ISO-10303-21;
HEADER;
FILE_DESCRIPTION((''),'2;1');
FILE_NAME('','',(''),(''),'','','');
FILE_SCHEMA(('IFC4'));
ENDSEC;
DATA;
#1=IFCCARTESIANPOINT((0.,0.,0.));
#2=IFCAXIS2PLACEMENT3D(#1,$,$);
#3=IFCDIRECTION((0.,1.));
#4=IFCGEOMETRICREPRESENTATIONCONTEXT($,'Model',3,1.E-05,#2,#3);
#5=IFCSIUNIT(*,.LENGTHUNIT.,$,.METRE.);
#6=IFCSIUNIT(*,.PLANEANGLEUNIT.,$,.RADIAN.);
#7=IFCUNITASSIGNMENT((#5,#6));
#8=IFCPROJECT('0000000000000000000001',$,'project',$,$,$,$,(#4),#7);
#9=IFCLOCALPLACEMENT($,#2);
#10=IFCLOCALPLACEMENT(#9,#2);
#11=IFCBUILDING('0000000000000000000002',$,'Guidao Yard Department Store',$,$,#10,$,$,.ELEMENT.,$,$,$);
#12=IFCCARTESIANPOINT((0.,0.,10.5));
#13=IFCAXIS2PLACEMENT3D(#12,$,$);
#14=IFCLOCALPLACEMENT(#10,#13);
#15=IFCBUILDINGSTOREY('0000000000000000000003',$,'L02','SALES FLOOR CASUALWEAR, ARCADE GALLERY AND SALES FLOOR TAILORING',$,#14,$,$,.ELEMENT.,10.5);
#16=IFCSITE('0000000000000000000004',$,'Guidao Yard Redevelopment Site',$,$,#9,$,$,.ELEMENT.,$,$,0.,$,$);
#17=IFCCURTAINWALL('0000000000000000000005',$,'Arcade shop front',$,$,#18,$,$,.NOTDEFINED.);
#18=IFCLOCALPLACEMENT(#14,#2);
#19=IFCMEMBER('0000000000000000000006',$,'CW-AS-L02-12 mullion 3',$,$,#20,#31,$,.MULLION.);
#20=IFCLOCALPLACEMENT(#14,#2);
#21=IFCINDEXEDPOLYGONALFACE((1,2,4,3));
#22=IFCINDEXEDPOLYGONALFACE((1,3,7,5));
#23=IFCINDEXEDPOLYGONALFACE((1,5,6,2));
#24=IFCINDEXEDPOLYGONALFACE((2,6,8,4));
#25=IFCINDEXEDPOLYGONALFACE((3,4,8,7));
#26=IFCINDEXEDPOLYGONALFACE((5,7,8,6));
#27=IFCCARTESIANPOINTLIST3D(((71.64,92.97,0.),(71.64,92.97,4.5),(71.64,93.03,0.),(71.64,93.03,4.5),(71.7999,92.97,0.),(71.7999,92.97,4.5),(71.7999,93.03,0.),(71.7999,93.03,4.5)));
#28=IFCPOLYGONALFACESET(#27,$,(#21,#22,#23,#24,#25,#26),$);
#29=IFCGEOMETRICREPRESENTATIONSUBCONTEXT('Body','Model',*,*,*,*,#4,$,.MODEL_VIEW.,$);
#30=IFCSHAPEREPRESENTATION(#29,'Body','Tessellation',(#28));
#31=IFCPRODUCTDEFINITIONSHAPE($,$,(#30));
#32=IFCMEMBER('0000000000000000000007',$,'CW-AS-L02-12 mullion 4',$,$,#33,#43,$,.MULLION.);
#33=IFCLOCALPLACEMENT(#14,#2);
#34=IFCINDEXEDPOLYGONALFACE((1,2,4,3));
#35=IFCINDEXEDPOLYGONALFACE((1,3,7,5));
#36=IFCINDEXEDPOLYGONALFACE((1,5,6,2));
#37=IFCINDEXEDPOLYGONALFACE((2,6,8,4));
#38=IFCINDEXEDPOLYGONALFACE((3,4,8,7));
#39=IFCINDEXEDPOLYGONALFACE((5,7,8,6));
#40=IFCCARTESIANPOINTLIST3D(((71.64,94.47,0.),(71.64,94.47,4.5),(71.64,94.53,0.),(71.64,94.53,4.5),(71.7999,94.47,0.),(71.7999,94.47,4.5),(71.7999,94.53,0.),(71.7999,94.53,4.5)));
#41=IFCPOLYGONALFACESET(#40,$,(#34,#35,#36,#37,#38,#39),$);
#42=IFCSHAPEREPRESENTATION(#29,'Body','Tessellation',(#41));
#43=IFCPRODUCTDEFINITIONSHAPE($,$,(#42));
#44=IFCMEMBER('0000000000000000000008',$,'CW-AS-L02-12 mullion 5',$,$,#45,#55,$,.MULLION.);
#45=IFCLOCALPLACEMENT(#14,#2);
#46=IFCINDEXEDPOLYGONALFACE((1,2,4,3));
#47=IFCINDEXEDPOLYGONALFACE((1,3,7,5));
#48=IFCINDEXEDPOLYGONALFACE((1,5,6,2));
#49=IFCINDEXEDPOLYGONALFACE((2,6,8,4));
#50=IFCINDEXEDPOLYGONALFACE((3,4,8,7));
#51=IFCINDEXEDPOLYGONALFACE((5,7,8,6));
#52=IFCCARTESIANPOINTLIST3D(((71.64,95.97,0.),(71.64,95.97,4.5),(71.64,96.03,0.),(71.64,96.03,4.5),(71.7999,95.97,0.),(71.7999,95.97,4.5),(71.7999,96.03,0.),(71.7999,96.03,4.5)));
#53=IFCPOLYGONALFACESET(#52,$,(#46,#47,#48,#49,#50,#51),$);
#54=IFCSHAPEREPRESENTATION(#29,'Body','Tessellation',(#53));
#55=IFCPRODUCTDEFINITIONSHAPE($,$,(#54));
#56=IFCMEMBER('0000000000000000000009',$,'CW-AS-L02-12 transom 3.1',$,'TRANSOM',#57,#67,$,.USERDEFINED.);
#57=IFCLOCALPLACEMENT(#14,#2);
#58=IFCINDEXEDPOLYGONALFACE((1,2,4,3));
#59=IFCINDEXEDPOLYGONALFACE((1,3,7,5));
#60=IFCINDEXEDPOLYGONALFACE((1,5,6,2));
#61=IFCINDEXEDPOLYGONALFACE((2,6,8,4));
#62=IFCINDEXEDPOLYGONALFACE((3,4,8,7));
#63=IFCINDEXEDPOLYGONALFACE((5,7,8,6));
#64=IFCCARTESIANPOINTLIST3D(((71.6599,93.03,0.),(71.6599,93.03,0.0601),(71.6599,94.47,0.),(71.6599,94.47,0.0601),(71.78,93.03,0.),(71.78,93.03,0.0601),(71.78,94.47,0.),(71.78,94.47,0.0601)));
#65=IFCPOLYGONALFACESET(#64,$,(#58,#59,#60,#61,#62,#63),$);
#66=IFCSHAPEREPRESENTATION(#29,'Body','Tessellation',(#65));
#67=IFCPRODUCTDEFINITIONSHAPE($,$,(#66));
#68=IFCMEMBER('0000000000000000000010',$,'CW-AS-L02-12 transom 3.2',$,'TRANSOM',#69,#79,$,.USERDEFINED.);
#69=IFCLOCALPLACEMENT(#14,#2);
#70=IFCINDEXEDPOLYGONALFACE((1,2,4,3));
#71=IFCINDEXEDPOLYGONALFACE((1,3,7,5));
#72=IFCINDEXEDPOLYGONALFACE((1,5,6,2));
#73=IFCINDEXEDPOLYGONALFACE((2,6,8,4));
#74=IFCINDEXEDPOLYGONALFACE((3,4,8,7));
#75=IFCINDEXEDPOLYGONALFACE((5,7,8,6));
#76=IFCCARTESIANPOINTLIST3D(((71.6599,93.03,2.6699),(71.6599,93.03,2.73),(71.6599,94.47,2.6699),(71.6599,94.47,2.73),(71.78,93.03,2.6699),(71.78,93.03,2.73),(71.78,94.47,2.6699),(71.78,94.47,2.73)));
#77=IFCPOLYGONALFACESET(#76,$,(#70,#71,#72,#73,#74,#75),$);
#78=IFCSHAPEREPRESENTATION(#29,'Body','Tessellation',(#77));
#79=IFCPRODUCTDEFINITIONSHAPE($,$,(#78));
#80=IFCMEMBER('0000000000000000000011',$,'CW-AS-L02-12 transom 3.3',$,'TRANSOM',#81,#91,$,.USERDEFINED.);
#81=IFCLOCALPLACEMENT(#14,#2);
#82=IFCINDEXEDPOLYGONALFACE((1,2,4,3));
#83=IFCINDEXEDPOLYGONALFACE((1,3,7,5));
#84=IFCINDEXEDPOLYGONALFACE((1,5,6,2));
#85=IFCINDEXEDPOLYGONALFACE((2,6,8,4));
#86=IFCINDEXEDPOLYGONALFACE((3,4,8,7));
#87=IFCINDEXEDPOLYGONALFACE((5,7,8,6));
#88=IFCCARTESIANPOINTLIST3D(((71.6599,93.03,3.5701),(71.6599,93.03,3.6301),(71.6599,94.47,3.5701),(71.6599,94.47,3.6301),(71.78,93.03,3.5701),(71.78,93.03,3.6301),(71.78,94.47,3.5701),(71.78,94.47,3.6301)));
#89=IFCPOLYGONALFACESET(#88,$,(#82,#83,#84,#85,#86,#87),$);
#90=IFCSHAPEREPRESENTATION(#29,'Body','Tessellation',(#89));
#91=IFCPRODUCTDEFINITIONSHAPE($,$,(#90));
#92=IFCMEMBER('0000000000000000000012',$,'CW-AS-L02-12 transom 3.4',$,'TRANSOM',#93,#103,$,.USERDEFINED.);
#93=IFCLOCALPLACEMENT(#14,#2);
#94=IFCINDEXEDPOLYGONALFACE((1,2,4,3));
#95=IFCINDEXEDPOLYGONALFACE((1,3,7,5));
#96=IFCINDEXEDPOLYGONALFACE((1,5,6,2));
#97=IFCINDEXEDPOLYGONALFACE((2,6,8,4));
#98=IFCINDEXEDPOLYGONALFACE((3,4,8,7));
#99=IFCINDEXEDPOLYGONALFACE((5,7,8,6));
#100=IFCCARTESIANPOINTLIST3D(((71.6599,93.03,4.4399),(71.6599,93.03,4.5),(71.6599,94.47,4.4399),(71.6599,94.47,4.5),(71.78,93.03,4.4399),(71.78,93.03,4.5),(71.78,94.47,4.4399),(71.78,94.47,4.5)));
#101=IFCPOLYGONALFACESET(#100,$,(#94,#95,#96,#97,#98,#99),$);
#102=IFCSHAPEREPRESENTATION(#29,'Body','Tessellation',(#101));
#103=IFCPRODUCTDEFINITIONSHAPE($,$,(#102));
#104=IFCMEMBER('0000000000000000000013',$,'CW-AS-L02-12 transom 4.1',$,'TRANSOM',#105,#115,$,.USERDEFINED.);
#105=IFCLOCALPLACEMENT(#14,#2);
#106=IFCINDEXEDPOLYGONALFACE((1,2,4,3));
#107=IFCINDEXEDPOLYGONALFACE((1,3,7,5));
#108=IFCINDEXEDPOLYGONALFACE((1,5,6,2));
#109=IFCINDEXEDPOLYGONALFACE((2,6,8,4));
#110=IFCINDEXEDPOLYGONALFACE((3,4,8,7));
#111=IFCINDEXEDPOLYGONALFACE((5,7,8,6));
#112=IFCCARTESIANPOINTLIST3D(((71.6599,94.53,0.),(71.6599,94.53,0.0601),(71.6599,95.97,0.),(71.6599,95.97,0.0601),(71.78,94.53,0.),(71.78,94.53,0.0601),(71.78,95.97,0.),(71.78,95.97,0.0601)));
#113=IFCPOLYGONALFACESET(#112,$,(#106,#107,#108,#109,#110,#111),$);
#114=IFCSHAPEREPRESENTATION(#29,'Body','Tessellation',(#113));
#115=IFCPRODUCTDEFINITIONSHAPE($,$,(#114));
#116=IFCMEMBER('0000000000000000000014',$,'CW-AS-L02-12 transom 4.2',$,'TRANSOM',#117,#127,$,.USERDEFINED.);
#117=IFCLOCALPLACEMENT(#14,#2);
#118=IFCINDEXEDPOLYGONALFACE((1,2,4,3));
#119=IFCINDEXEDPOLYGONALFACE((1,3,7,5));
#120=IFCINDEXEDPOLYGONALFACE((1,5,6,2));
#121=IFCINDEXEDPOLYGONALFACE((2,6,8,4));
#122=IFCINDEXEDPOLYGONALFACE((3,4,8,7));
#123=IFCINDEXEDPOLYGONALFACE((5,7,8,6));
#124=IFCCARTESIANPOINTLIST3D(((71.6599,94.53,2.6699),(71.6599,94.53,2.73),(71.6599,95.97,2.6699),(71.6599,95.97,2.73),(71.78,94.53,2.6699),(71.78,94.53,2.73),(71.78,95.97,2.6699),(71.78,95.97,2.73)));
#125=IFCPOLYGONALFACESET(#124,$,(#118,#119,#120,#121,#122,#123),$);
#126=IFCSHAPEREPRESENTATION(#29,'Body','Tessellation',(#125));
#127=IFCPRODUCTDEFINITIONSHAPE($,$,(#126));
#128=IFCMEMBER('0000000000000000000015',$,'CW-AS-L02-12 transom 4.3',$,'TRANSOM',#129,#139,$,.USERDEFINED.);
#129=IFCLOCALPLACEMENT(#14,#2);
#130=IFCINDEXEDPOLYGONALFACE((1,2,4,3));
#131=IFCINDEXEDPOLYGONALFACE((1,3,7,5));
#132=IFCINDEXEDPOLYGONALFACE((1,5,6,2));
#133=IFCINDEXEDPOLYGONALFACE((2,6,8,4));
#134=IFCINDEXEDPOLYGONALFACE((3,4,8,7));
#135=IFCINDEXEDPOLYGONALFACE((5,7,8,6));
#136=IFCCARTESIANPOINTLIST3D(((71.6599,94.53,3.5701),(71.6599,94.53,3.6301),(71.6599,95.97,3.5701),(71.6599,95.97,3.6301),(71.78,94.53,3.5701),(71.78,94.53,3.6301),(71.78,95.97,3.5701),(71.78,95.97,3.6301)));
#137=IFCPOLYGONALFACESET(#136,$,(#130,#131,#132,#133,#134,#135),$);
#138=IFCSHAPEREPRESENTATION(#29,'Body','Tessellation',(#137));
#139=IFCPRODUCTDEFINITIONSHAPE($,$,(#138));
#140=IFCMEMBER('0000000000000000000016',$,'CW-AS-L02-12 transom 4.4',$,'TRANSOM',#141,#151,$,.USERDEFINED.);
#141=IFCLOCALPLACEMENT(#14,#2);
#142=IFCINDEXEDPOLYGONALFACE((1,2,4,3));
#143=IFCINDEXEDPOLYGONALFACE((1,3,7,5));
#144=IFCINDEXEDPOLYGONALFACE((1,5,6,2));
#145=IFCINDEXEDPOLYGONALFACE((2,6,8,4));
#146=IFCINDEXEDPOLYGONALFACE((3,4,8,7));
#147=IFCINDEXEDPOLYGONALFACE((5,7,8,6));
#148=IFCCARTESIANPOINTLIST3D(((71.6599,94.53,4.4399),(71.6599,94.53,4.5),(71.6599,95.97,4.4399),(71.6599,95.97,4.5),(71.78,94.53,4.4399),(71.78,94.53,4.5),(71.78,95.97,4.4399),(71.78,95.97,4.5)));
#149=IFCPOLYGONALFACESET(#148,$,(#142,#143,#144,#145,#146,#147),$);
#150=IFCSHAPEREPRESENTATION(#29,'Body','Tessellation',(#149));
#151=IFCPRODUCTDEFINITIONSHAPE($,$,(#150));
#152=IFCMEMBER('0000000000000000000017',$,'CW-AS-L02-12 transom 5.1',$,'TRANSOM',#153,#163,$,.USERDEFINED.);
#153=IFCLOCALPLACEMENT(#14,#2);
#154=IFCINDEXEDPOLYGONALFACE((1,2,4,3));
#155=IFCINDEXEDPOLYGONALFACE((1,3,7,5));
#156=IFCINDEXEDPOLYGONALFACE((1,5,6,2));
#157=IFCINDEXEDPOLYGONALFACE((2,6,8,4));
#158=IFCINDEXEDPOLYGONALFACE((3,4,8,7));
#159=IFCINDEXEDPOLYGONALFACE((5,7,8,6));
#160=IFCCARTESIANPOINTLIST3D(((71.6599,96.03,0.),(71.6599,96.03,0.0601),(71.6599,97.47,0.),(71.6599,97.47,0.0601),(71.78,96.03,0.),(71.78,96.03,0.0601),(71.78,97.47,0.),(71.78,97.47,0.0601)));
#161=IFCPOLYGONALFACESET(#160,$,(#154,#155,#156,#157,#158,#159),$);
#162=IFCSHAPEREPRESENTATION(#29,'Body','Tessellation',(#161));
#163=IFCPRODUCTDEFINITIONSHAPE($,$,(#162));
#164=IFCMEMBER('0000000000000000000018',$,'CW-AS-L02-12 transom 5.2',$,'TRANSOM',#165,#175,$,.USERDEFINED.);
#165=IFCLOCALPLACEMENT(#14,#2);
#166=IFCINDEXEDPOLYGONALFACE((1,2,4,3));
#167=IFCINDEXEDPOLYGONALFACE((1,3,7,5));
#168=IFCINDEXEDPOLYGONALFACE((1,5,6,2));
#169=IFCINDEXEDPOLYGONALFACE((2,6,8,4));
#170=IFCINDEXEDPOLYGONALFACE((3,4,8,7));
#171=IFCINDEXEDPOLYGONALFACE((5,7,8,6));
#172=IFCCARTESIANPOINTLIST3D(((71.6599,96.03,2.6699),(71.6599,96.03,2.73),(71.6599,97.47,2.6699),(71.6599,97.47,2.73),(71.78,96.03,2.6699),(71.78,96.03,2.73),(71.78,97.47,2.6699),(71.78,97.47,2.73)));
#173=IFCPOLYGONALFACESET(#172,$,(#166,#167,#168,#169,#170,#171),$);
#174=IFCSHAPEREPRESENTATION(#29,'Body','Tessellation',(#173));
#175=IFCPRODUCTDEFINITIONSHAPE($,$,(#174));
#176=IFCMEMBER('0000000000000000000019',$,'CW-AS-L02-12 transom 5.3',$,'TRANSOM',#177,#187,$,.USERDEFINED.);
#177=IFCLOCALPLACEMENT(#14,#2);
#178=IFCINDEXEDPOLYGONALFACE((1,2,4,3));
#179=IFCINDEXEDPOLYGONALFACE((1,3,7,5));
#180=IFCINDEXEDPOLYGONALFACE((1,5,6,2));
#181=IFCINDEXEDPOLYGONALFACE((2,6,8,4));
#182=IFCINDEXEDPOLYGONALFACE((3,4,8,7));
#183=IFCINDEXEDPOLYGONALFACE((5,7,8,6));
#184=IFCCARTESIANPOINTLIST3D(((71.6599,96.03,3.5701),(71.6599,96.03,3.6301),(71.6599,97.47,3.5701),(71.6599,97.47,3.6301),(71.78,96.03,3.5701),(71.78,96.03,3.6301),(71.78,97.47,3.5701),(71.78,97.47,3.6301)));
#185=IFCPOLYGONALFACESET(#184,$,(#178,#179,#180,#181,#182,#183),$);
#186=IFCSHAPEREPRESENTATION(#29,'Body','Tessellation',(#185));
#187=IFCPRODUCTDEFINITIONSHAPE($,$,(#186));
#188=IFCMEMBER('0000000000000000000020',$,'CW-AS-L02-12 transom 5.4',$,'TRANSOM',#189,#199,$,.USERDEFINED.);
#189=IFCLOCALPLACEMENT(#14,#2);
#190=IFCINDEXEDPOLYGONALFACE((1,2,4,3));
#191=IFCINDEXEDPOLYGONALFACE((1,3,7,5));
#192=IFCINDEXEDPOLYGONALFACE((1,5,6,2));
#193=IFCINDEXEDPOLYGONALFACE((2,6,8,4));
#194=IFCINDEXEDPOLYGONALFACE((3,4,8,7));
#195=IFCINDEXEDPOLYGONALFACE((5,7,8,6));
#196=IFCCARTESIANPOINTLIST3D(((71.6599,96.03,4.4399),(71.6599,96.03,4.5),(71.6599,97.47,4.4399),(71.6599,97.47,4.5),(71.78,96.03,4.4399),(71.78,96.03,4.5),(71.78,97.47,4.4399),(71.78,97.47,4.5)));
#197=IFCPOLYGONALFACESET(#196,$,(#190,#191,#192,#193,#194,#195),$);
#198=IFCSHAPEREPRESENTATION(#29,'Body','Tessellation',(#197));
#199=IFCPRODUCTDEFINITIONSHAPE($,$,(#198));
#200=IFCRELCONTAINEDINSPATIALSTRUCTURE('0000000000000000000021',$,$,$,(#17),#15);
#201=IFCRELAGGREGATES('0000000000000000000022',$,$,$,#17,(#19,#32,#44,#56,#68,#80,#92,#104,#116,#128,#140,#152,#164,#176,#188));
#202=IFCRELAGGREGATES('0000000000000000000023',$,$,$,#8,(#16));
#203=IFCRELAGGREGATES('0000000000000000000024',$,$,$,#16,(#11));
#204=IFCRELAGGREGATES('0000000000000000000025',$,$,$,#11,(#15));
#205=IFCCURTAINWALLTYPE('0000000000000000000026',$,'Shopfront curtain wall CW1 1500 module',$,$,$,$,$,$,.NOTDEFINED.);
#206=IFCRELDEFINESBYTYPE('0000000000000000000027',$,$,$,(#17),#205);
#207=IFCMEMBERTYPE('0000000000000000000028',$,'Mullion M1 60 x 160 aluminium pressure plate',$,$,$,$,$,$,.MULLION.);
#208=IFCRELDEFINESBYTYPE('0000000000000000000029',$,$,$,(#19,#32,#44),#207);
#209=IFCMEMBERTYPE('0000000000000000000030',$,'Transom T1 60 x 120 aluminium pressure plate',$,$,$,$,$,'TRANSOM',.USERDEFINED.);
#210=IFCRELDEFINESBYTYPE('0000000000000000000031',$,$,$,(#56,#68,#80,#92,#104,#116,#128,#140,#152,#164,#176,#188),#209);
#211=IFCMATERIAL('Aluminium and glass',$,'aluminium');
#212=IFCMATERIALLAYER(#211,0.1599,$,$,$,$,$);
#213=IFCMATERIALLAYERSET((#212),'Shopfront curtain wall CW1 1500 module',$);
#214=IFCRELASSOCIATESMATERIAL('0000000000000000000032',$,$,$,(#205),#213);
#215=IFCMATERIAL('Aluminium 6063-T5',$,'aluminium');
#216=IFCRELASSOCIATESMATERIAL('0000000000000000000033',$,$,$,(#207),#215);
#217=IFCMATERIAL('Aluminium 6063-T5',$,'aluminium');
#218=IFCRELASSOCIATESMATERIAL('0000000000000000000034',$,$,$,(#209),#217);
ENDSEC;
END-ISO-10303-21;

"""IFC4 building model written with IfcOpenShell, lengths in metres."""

from ifc_helpers import new_model, si_unit, direction, frame, origin, origin_2d, place, context, subcontext, project, spatial, rectangle, extrude, material, layer, layer_set, material_profile, profile_set, type_object, element, aggregate, save


model = new_model("IFC4")

# Units and contexts
model_context = context("Model", 3, precision=1e-05, world=origin(), true_north=direction((0.0, 1.0)))
body_context = subcontext(model_context, "Body", "Model", "MODEL_VIEW")
ifc_project = project(units=[si_unit("LENGTHUNIT", "METRE"), si_unit("PLANEANGLEUNIT", "RADIAN")], contexts=[model_context])

# Site, building, storey
site_placement = place(None, origin())
site = spatial("IfcSite", under=ifc_project, at=site_placement, Name="Guidao Yard Redevelopment Site", CompositionType="ELEMENT", RefElevation=0.0)
building_placement = place(site_placement, origin())
building = spatial("IfcBuilding", under=site, at=building_placement, Name="Guidao Yard Department Store", CompositionType="ELEMENT")
storey_placement = place(building_placement, frame((0.0, 0.0, 10.5)))
storey = spatial("IfcBuildingStorey", under=building, at=storey_placement, Name="L02", Description="SALES FLOOR CASUALWEAR, ARCADE GALLERY AND SALES FLOOR TAILORING", CompositionType="ELEMENT", Elevation=10.5)

# Curtain wall, members
ifc_material_1 = material(Name="Aluminium and glass", Category="aluminium")
ifc_layer_1 = layer(ifc_material_1, 0.1599)
ifc_layer_set_1 = layer_set([ifc_layer_1], Name="Shopfront curtain wall CW1 1500 module")
curtain_wall_type = type_object("IfcCurtainWallType", Name="Shopfront curtain wall CW1 1500 module", PredefinedType="NOTDEFINED", material=ifc_layer_set_1)
curtain_wall_placement = place(storey_placement, origin())
curtain_wall = element("IfcCurtainWall", 1, at=curtain_wall_placement, inside=storey, type_object=curtain_wall_type, Name="Arcade shop front", PredefinedType="NOTDEFINED")
ifc_material_2 = material(Name="Aluminium 6063-T5", Category="aluminium")
ifc_material_profile_1 = material_profile(ifc_material_2, rectangle(XDim=0.0601, YDim=0.1599, at=origin_2d()), Name="Mullion M1 60 x 160 aluminium pressure plate")
ifc_profile_set_1 = profile_set([ifc_material_profile_1], Name="Aluminium 6063-T5")
member_type_1 = type_object("IfcMemberType", Name="Mullion M1 60 x 160 aluminium pressure plate", PredefinedType="MULLION", material=ifc_profile_set_1)
member_1_placement = place(storey_placement, frame((71.72, 93.0, 0.0), z_axis=(0.0, 0.0, 1.0), x_axis=(0.0, 1.0, 0.0)))
member_1 = element("IfcMember", 2, at=member_1_placement, type_object=member_type_1, Name="CW-AS-L02-12 mullion 3", PredefinedType="MULLION", context=body_context, shape_type="SweptSolid", body=[
    extrude(rectangle(XDim=0.0601, YDim=0.1599, at=origin_2d()), origin(), (0.0, 0.0, 1.0), 4.5),
])
member_2_placement = place(storey_placement, frame((71.72, 94.5, 0.0), z_axis=(0.0, 0.0, 1.0), x_axis=(0.0, 1.0, 0.0)))
member_2 = element("IfcMember", 3, at=member_2_placement, type_object=member_type_1, Name="CW-AS-L02-12 mullion 4", PredefinedType="MULLION", context=body_context, shape_type="SweptSolid", body=[
    extrude(rectangle(XDim=0.0601, YDim=0.1599, at=origin_2d()), origin(), (0.0, 0.0, 1.0), 4.5),
])
member_3_placement = place(storey_placement, frame((71.72, 96.0, 0.0), z_axis=(0.0, 0.0, 1.0), x_axis=(0.0, 1.0, 0.0)))
member_3 = element("IfcMember", 4, at=member_3_placement, type_object=member_type_1, Name="CW-AS-L02-12 mullion 5", PredefinedType="MULLION", context=body_context, shape_type="SweptSolid", body=[
    extrude(rectangle(XDim=0.0601, YDim=0.1599, at=origin_2d()), origin(), (0.0, 0.0, 1.0), 4.5),
])
ifc_material_3 = material(Name="Aluminium 6063-T5", Category="aluminium")
ifc_material_profile_2 = material_profile(ifc_material_3, rectangle(XDim=0.1201, YDim=0.0601, at=origin_2d()), Name="Transom T1 60 x 120 aluminium pressure plate")
ifc_profile_set_2 = profile_set([ifc_material_profile_2], Name="Aluminium 6063-T5")
member_type_2 = type_object("IfcMemberType", Name="Transom T1 60 x 120 aluminium pressure plate", ElementType="TRANSOM", PredefinedType="USERDEFINED", material=ifc_profile_set_2)
member_4_placement = place(storey_placement, frame((71.72, 93.03, 0.03), z_axis=(0.0, 1.0, 0.0), x_axis=(-1.0, 0.0, 0.0)))
member_4 = element("IfcMember", 5, at=member_4_placement, type_object=member_type_2, Name="CW-AS-L02-12 transom 3.1", ObjectType="TRANSOM", PredefinedType="USERDEFINED", context=body_context, shape_type="SweptSolid", body=[
    extrude(rectangle(XDim=0.1201, YDim=0.0601, at=origin_2d()), origin(), (0.0, 0.0, 1.0), 1.4399),
])
member_5_placement = place(storey_placement, frame((71.72, 93.03, 2.7), z_axis=(0.0, 1.0, 0.0), x_axis=(-1.0, 0.0, 0.0)))
member_5 = element("IfcMember", 6, at=member_5_placement, type_object=member_type_2, Name="CW-AS-L02-12 transom 3.2", ObjectType="TRANSOM", PredefinedType="USERDEFINED", context=body_context, shape_type="SweptSolid", body=[
    extrude(rectangle(XDim=0.1201, YDim=0.0601, at=origin_2d()), origin(), (0.0, 0.0, 1.0), 1.4399),
])
member_6_placement = place(storey_placement, frame((71.72, 93.03, 3.6001), z_axis=(0.0, 1.0, 0.0), x_axis=(-1.0, 0.0, 0.0)))
member_6 = element("IfcMember", 7, at=member_6_placement, type_object=member_type_2, Name="CW-AS-L02-12 transom 3.3", ObjectType="TRANSOM", PredefinedType="USERDEFINED", context=body_context, shape_type="SweptSolid", body=[
    extrude(rectangle(XDim=0.1201, YDim=0.0601, at=origin_2d()), origin(), (0.0, 0.0, 1.0), 1.4399),
])
member_7_placement = place(storey_placement, frame((71.72, 93.03, 4.47), z_axis=(0.0, 1.0, 0.0), x_axis=(-1.0, 0.0, 0.0)))
member_7 = element("IfcMember", 8, at=member_7_placement, type_object=member_type_2, Name="CW-AS-L02-12 transom 3.4", ObjectType="TRANSOM", PredefinedType="USERDEFINED", context=body_context, shape_type="SweptSolid", body=[
    extrude(rectangle(XDim=0.1201, YDim=0.0601, at=origin_2d()), origin(), (0.0, 0.0, 1.0), 1.4399),
])
member_8_placement = place(storey_placement, frame((71.72, 94.53, 0.03), z_axis=(0.0, 1.0, 0.0), x_axis=(-1.0, 0.0, 0.0)))
member_8 = element("IfcMember", 9, at=member_8_placement, type_object=member_type_2, Name="CW-AS-L02-12 transom 4.1", ObjectType="TRANSOM", PredefinedType="USERDEFINED", context=body_context, shape_type="SweptSolid", body=[
    extrude(rectangle(XDim=0.1201, YDim=0.0601, at=origin_2d()), origin(), (0.0, 0.0, 1.0), 1.4399),
])
member_9_placement = place(storey_placement, frame((71.72, 94.53, 2.7), z_axis=(0.0, 1.0, 0.0), x_axis=(-1.0, 0.0, 0.0)))
member_9 = element("IfcMember", 10, at=member_9_placement, type_object=member_type_2, Name="CW-AS-L02-12 transom 4.2", ObjectType="TRANSOM", PredefinedType="USERDEFINED", context=body_context, shape_type="SweptSolid", body=[
    extrude(rectangle(XDim=0.1201, YDim=0.0601, at=origin_2d()), origin(), (0.0, 0.0, 1.0), 1.4399),
])
member_10_placement = place(storey_placement, frame((71.72, 94.53, 3.6001), z_axis=(0.0, 1.0, 0.0), x_axis=(-1.0, 0.0, 0.0)))
member_10 = element("IfcMember", 11, at=member_10_placement, type_object=member_type_2, Name="CW-AS-L02-12 transom 4.3", ObjectType="TRANSOM", PredefinedType="USERDEFINED", context=body_context, shape_type="SweptSolid", body=[
    extrude(rectangle(XDim=0.1201, YDim=0.0601, at=origin_2d()), origin(), (0.0, 0.0, 1.0), 1.4399),
])
member_11_placement = place(storey_placement, frame((71.72, 94.53, 4.47), z_axis=(0.0, 1.0, 0.0), x_axis=(-1.0, 0.0, 0.0)))
member_11 = element("IfcMember", 12, at=member_11_placement, type_object=member_type_2, Name="CW-AS-L02-12 transom 4.4", ObjectType="TRANSOM", PredefinedType="USERDEFINED", context=body_context, shape_type="SweptSolid", body=[
    extrude(rectangle(XDim=0.1201, YDim=0.0601, at=origin_2d()), origin(), (0.0, 0.0, 1.0), 1.4399),
])
member_12_placement = place(storey_placement, frame((71.72, 96.03, 0.03), z_axis=(0.0, 1.0, 0.0), x_axis=(-1.0, 0.0, 0.0)))
member_12 = element("IfcMember", 13, at=member_12_placement, type_object=member_type_2, Name="CW-AS-L02-12 transom 5.1", ObjectType="TRANSOM", PredefinedType="USERDEFINED", context=body_context, shape_type="SweptSolid", body=[
    extrude(rectangle(XDim=0.1201, YDim=0.0601, at=origin_2d()), origin(), (0.0, 0.0, 1.0), 1.4399),
])
member_13_placement = place(storey_placement, frame((71.72, 96.03, 2.7), z_axis=(0.0, 1.0, 0.0), x_axis=(-1.0, 0.0, 0.0)))
member_13 = element("IfcMember", 14, at=member_13_placement, type_object=member_type_2, Name="CW-AS-L02-12 transom 5.2", ObjectType="TRANSOM", PredefinedType="USERDEFINED", context=body_context, shape_type="SweptSolid", body=[
    extrude(rectangle(XDim=0.1201, YDim=0.0601, at=origin_2d()), origin(), (0.0, 0.0, 1.0), 1.4399),
])
member_14_placement = place(storey_placement, frame((71.72, 96.03, 3.6001), z_axis=(0.0, 1.0, 0.0), x_axis=(-1.0, 0.0, 0.0)))
member_14 = element("IfcMember", 15, at=member_14_placement, type_object=member_type_2, Name="CW-AS-L02-12 transom 5.3", ObjectType="TRANSOM", PredefinedType="USERDEFINED", context=body_context, shape_type="SweptSolid", body=[
    extrude(rectangle(XDim=0.1201, YDim=0.0601, at=origin_2d()), origin(), (0.0, 0.0, 1.0), 1.4399),
])
member_15_placement = place(storey_placement, frame((71.72, 96.03, 4.47), z_axis=(0.0, 1.0, 0.0), x_axis=(-1.0, 0.0, 0.0)))
member_15 = element("IfcMember", 16, at=member_15_placement, type_object=member_type_2, Name="CW-AS-L02-12 transom 5.4", ObjectType="TRANSOM", PredefinedType="USERDEFINED", context=body_context, shape_type="SweptSolid", body=[
    extrude(rectangle(XDim=0.1201, YDim=0.0601, at=origin_2d()), origin(), (0.0, 0.0, 1.0), 1.4399),
])
aggregate(curtain_wall, [member_1, member_2, member_3, member_4, member_5, member_6, member_7, member_8, member_9, member_10, member_11, member_12, member_13, member_14, member_15])

save(model, "model.ifc")
